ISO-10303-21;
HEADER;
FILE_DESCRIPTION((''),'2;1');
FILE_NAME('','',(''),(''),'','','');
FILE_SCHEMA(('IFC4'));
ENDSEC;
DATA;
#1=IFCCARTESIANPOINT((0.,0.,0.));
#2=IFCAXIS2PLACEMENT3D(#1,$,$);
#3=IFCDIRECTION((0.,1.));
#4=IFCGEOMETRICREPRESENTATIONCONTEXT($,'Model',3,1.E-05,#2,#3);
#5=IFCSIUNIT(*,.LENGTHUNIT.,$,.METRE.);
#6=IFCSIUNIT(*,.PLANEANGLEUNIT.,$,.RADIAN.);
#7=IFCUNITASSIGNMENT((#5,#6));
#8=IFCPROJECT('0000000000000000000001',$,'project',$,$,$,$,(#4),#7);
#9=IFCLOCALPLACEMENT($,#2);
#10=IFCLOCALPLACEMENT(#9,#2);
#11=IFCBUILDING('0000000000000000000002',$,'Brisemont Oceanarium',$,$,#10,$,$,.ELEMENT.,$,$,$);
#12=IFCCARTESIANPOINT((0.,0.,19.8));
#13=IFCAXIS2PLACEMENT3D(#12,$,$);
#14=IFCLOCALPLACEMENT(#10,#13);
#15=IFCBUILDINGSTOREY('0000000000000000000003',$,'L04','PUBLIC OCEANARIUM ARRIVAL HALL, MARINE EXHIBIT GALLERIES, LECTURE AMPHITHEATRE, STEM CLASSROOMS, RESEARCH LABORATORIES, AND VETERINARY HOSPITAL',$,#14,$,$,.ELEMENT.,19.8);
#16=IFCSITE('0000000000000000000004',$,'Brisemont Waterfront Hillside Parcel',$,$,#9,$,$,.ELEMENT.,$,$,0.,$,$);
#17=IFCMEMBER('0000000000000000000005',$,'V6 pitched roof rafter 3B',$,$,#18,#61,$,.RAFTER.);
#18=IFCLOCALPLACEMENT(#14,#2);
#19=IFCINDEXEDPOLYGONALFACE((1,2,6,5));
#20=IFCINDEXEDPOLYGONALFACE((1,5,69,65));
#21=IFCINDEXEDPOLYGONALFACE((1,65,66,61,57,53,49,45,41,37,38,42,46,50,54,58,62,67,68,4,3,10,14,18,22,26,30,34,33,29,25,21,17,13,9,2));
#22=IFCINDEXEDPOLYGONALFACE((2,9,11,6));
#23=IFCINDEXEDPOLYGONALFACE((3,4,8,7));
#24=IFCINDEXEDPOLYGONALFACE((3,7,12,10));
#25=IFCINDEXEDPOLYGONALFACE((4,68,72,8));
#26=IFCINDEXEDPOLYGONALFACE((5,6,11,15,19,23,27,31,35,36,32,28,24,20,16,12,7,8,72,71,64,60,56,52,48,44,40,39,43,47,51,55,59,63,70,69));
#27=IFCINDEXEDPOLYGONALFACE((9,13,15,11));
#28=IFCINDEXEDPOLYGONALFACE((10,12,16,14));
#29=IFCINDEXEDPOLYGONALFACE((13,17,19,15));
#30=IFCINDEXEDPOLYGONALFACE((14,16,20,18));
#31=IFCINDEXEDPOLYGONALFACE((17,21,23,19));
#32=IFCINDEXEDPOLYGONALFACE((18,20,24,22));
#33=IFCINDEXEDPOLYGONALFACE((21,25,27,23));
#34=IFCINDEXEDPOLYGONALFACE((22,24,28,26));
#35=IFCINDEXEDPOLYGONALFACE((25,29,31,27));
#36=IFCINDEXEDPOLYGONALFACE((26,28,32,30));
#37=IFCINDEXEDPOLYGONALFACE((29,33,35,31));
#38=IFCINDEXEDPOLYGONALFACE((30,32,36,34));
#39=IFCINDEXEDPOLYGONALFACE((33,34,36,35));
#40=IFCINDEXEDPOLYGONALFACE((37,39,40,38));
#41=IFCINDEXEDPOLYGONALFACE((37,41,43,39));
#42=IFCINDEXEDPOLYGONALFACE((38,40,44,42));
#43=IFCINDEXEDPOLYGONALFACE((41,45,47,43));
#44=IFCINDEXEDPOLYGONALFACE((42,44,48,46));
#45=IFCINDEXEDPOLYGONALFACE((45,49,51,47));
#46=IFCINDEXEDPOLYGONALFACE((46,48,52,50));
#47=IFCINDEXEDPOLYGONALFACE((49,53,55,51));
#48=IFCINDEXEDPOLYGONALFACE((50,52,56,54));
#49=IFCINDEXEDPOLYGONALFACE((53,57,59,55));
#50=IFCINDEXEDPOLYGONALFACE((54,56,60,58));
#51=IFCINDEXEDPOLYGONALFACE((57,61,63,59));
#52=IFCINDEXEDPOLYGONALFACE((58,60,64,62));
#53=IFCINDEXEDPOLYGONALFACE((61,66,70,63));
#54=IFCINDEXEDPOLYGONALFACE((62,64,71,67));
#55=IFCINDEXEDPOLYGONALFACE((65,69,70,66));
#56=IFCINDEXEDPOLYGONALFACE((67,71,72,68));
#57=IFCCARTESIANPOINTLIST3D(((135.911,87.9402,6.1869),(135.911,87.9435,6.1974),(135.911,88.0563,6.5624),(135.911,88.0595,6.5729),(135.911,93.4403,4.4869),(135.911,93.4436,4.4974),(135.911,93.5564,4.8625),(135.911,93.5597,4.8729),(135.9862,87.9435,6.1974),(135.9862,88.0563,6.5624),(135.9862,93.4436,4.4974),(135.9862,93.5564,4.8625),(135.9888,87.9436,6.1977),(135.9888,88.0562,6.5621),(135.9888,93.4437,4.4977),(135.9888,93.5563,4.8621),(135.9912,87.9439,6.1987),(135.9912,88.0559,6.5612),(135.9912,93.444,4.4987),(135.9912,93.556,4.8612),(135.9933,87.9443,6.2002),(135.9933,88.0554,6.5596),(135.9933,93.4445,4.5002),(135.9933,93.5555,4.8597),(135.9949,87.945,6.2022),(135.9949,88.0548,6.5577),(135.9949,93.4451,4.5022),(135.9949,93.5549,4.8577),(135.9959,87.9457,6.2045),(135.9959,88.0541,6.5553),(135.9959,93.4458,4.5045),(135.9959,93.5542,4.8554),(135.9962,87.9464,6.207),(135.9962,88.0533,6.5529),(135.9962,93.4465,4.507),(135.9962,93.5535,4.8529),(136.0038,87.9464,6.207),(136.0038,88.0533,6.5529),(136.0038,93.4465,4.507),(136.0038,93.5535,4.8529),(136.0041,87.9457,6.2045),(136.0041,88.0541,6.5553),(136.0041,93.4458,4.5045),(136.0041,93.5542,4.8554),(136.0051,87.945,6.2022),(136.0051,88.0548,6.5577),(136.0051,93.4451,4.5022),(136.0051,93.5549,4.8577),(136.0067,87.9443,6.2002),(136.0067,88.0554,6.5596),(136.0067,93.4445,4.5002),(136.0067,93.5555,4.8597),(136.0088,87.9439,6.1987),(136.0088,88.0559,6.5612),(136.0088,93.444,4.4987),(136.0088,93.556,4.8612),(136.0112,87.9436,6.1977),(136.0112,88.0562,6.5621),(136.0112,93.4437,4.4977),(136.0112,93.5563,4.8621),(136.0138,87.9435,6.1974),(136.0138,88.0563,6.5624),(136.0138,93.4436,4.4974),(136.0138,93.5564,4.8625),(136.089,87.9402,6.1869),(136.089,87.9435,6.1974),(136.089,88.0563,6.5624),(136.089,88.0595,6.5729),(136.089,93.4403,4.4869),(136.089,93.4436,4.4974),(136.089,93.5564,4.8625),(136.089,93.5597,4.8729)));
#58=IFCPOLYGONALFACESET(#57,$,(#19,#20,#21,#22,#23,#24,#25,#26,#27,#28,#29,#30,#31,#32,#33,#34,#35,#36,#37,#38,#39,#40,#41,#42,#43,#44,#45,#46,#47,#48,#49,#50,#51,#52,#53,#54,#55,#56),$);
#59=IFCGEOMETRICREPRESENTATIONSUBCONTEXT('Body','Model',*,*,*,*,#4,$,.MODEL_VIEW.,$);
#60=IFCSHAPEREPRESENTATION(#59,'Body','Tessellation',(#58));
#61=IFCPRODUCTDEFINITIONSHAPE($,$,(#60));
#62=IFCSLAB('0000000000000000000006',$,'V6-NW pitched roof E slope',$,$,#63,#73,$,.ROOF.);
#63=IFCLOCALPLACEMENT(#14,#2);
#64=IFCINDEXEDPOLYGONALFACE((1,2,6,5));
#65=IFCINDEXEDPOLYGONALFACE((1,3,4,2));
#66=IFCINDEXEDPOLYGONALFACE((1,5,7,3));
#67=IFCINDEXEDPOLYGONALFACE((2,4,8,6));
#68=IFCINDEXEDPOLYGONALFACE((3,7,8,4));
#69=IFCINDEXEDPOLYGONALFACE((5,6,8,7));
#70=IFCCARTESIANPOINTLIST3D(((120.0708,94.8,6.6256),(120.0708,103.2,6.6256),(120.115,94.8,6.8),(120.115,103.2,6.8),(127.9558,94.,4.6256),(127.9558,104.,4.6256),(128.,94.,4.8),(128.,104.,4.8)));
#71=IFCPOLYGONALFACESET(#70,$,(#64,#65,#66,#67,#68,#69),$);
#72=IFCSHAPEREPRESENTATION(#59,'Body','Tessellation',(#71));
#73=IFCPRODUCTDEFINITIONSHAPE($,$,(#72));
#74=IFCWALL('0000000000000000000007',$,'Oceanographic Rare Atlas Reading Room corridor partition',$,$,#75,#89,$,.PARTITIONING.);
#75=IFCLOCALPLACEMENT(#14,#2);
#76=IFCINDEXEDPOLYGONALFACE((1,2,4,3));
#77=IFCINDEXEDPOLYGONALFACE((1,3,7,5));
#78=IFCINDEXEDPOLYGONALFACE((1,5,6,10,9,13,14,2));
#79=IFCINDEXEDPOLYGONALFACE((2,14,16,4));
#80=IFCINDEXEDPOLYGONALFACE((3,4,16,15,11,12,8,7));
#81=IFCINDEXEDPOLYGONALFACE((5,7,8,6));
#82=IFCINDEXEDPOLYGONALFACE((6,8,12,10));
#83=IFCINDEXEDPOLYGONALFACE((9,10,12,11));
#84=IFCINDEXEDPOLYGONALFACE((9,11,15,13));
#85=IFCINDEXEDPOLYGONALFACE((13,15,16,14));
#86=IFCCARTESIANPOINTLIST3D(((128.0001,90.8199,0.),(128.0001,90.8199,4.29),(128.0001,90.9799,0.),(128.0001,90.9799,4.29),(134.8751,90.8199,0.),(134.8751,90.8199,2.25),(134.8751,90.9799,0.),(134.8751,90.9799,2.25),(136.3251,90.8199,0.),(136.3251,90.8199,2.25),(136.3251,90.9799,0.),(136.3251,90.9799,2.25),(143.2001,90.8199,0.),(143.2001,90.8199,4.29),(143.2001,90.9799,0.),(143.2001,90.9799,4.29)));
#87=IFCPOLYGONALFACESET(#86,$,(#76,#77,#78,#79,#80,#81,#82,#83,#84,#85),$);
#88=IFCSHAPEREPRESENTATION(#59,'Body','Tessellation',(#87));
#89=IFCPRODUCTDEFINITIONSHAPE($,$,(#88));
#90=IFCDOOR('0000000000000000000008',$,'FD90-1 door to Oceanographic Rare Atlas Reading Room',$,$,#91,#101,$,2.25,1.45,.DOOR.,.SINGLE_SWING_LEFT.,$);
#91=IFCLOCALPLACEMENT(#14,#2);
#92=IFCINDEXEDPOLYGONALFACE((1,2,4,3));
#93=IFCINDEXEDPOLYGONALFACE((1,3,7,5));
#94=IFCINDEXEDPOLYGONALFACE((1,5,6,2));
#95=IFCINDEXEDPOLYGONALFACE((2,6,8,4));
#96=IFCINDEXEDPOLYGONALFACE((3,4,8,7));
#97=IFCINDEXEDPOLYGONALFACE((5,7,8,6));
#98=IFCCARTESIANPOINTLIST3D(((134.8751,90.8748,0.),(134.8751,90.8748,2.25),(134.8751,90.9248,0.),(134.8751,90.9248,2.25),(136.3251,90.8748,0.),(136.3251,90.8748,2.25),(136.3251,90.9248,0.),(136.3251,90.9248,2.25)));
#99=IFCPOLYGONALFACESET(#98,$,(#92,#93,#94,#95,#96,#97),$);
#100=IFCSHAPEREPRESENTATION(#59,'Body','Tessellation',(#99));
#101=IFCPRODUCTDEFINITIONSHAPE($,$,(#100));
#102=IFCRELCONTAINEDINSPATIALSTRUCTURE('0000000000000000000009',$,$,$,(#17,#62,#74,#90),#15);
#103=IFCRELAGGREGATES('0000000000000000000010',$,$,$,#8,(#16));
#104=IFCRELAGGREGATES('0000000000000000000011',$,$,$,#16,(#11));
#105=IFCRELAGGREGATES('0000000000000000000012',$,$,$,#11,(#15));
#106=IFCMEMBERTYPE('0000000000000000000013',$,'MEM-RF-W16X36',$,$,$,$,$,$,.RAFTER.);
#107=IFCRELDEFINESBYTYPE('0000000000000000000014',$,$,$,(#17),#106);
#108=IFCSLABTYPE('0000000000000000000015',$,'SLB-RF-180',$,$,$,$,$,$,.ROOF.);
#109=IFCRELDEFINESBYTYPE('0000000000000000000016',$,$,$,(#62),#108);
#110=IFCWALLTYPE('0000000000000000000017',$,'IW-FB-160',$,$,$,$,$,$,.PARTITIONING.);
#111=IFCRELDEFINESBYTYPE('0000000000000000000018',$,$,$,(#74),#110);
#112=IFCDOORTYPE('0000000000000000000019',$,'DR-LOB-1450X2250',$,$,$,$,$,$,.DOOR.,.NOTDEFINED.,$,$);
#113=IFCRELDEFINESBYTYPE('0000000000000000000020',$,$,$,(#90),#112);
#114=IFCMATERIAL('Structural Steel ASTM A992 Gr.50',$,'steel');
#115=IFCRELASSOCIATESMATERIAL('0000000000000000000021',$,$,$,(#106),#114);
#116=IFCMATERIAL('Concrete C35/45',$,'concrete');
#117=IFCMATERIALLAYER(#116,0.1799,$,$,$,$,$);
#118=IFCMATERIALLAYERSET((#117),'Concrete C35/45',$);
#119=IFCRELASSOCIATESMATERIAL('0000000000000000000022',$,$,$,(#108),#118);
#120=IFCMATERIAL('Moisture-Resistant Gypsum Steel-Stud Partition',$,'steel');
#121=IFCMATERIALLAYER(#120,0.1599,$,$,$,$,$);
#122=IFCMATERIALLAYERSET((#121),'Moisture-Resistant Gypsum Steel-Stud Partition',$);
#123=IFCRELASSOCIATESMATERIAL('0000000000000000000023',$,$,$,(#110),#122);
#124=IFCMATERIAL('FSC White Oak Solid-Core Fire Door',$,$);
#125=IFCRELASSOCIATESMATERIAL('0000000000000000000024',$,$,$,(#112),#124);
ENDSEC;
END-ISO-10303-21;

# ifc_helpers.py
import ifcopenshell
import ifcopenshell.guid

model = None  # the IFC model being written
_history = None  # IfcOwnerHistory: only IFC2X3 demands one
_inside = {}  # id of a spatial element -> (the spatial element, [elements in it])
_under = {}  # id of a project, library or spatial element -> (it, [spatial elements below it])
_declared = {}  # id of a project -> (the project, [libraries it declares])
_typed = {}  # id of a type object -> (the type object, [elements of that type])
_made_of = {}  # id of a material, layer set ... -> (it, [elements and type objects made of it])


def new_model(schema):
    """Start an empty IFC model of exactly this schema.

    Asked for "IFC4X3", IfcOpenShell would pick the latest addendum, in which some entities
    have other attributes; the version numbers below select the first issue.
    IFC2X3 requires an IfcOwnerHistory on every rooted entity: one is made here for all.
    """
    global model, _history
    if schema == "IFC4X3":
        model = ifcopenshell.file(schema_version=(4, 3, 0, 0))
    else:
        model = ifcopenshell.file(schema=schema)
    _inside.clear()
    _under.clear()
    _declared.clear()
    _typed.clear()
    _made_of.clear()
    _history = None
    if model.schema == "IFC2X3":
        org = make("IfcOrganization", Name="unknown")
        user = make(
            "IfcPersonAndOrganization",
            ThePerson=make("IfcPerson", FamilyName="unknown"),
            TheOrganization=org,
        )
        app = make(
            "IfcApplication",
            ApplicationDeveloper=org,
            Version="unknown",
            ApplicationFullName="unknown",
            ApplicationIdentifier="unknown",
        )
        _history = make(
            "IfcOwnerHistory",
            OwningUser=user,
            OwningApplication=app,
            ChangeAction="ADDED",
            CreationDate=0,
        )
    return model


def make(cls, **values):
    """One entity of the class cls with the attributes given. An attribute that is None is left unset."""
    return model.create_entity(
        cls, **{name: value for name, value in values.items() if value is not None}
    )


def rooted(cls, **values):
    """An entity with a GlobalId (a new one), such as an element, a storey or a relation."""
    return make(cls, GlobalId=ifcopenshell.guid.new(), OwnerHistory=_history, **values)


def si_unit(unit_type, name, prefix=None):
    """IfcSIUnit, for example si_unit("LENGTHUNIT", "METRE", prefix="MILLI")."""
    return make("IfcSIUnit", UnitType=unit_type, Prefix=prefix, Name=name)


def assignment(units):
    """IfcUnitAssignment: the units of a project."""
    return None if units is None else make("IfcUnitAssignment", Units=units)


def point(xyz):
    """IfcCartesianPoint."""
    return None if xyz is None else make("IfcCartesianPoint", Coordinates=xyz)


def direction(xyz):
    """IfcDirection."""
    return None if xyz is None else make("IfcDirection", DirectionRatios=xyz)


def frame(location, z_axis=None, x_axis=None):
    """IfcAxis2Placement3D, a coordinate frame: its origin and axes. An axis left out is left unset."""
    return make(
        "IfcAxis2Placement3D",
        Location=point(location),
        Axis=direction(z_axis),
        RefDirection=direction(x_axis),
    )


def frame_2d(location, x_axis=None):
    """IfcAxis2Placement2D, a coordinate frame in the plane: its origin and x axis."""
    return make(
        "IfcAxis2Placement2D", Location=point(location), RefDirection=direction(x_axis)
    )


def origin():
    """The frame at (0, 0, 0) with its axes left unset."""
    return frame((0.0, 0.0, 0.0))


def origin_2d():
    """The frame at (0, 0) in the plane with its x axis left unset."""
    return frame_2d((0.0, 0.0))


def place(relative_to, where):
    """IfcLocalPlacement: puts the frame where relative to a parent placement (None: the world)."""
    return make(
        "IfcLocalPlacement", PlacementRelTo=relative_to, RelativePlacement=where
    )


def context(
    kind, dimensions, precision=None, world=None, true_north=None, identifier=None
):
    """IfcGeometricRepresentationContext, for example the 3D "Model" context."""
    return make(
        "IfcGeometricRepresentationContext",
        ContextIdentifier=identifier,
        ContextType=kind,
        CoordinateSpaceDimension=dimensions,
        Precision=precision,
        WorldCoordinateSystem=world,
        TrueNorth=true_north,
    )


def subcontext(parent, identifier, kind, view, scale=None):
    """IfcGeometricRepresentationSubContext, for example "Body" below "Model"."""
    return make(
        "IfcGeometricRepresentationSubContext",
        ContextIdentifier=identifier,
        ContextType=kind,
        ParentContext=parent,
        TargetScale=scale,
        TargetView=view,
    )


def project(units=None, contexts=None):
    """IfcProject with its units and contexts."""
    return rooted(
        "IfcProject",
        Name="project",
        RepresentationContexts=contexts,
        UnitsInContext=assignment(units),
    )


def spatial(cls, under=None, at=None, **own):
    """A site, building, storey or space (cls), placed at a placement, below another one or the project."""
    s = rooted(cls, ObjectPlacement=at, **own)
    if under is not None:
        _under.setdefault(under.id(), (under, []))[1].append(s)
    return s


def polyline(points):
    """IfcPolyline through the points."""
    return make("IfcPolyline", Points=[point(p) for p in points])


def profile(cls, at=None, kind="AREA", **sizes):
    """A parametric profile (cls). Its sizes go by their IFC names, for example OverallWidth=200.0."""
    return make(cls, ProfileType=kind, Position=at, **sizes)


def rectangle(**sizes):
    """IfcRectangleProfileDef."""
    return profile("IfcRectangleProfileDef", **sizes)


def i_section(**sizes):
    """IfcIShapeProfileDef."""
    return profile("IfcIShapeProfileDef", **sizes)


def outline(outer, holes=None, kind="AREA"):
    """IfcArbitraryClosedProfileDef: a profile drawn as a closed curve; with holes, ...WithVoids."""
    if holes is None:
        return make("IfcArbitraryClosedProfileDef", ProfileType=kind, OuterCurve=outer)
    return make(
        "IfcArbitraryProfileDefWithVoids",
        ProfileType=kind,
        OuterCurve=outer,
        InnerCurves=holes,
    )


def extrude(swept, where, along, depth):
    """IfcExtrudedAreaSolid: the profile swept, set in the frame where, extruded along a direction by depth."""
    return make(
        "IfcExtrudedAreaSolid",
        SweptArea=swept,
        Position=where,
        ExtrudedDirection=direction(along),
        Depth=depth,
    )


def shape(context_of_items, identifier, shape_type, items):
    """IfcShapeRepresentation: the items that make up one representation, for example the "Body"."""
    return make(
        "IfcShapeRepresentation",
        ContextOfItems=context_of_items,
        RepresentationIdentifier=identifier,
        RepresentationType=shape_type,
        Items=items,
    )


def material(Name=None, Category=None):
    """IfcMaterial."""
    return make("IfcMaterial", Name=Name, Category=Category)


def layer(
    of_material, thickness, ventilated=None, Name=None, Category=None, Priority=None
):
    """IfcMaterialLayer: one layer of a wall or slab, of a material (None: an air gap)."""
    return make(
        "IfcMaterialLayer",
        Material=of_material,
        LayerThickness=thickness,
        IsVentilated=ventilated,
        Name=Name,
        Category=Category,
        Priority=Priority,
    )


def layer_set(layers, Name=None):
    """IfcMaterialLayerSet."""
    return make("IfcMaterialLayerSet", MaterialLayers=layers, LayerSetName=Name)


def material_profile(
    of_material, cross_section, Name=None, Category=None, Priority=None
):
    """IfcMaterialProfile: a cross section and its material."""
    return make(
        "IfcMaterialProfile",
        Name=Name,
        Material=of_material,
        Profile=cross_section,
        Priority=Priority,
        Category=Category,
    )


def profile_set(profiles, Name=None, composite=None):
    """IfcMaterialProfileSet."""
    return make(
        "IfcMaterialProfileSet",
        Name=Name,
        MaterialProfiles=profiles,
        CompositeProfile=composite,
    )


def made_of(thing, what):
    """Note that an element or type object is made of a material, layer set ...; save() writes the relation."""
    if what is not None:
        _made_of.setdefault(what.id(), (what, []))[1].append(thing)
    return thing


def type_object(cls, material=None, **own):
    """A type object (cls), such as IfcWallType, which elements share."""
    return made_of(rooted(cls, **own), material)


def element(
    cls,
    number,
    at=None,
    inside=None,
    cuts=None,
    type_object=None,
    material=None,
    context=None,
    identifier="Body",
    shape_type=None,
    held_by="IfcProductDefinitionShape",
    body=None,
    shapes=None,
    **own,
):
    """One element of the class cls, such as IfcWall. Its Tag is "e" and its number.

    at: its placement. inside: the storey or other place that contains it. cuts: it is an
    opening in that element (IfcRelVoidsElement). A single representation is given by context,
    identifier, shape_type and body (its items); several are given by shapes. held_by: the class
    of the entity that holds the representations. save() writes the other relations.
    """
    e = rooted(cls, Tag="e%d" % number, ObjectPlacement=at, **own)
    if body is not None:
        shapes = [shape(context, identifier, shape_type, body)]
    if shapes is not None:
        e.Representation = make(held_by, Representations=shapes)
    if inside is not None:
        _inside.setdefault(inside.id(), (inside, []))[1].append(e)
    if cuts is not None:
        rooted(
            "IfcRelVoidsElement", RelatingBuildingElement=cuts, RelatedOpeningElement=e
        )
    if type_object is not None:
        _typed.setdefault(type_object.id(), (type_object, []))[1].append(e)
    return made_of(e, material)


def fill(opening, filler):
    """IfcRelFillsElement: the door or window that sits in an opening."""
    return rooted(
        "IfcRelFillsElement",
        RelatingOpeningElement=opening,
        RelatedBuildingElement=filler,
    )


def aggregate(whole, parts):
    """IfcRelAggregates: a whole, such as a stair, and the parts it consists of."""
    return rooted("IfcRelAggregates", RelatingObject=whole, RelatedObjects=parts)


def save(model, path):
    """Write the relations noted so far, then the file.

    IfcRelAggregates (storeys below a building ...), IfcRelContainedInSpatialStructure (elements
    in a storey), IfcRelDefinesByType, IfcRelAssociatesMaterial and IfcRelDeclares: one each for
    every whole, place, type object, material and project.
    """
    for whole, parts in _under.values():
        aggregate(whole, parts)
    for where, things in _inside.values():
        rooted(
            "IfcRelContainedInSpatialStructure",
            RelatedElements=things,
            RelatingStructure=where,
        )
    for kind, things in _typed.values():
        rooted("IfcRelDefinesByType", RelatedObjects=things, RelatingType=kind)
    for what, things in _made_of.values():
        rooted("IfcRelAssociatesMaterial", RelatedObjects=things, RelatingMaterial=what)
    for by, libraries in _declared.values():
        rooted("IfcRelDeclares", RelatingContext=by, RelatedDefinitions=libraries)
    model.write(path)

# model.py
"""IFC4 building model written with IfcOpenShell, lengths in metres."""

from ifc_helpers import new_model, si_unit, direction, frame, frame_2d, origin, origin_2d, place, context, subcontext, project, spatial, polyline, rectangle, i_section, outline, extrude, material, layer, layer_set, material_profile, profile_set, type_object, element, fill, save


model = new_model("IFC4")

# Units and contexts
model_context = context("Model", 3, precision=1e-05, world=origin(), true_north=direction((0.0, 1.0)))
body_context = subcontext(model_context, "Body", "Model", "MODEL_VIEW")
ifc_project = project(units=[si_unit("LENGTHUNIT", "METRE"), si_unit("PLANEANGLEUNIT", "RADIAN")], contexts=[model_context])

# Site, building, storey
site_placement = place(None, origin())
site = spatial("IfcSite", under=ifc_project, at=site_placement, Name="Brisemont Waterfront Hillside Parcel", CompositionType="ELEMENT", RefElevation=0.0)
building_placement = place(site_placement, origin())
building = spatial("IfcBuilding", under=site, at=building_placement, Name="Brisemont Oceanarium", CompositionType="ELEMENT")
storey_placement = place(building_placement, frame((0.0, 0.0, 19.8)))
storey = spatial("IfcBuildingStorey", under=building, at=storey_placement, Name="L04", Description="PUBLIC OCEANARIUM ARRIVAL HALL, MARINE EXHIBIT GALLERIES, LECTURE AMPHITHEATRE, STEM CLASSROOMS, RESEARCH LABORATORIES, AND VETERINARY HOSPITAL", CompositionType="ELEMENT", Elevation=19.8)

# Member
ifc_material_1 = material(Name="Structural Steel ASTM A992 Gr.50", Category="steel")
ifc_material_profile_1 = material_profile(ifc_material_1, i_section(OverallWidth=0.178, OverallDepth=0.4041, WebThickness=0.0076, FlangeThickness=0.011, FilletRadius=0.01, at=origin_2d()), Name="W16X36")
ifc_profile_set_1 = profile_set([ifc_material_profile_1], Name="Structural Steel ASTM A992 Gr.50")
member_type_1 = type_object("IfcMemberType", Name="MEM-RF-W16X36", PredefinedType="RAFTER", material=ifc_profile_set_1)
for number, where, z_axis, x_axis, name in (
    (1, (136.0, 93.5, 4.6799), (0.0, -0.955405, 0.295299), (1.0, 0.0, 0.0), "V6 pitched roof rafter 3B"),
):
    element("IfcMember", number, at=place(storey_placement, frame(where, z_axis=z_axis, x_axis=x_axis)), inside=storey, type_object=member_type_1, Name=name, PredefinedType="RAFTER", context=body_context, shape_type="SweptSolid", body=[
        extrude(i_section(OverallWidth=0.178, OverallDepth=0.4041, WebThickness=0.0076, FlangeThickness=0.011, FilletRadius=0.01, at=origin_2d()), origin(), (0.0, 0.0, 1.0), 5.7568),
    ])

# Slab
ifc_material_2 = material(Name="Concrete C35/45", Category="concrete")
ifc_layer_1 = layer(ifc_material_2, 0.1799)
ifc_layer_set_1 = layer_set([ifc_layer_1], Name="Concrete C35/45")
slab_type = type_object("IfcSlabType", Name="SLB-RF-180", PredefinedType="ROOF", material=ifc_layer_set_1)
slab_placement = place(storey_placement, frame((120.115, 94.8, 6.8), z_axis=(0.24586, 0.0, 0.969305), x_axis=(0.964651, -0.097878, -0.24468)))
element("IfcSlab", 2, at=slab_placement, inside=storey, type_object=slab_type, Name="V6-NW pitched roof E slope", PredefinedType="ROOF", context=body_context, shape_type="SweptSolid", body=[
    extrude(outline(polyline([(0.0, 0.0), (8.1739, 0.0), (7.1952, 9.952), (-0.8222, 8.3596), (0.0, 0.0)])), origin(), (0.0, 0.0, -1.0), 0.1799),
])

# Wall, opening, door
ifc_material_3 = material(Name="Moisture-Resistant Gypsum Steel-Stud Partition", Category="steel")
ifc_layer_2 = layer(ifc_material_3, 0.1599)
ifc_layer_set_2 = layer_set([ifc_layer_2], Name="Moisture-Resistant Gypsum Steel-Stud Partition")
wall_type = type_object("IfcWallType", Name="IW-FB-160", PredefinedType="PARTITIONING", material=ifc_layer_set_2)
wall_placement = place(storey_placement, frame((128.0, 90.8999, 0.0), z_axis=(0.0, 0.0, 1.0), x_axis=(1.0, 0.0, 0.0)))
wall = element("IfcWall", 3, at=wall_placement, inside=storey, type_object=wall_type, Name="Oceanographic Rare Atlas Reading Room corridor partition", PredefinedType="PARTITIONING", context=body_context, shape_type="SweptSolid", body=[
    extrude(rectangle(XDim=15.2, YDim=0.1599, at=frame_2d((7.6001, 0.0))), origin(), (0.0, 0.0, 1.0), 4.29),
])
opening_placement = place(wall_placement, frame((6.875, 0.0, 0.0)))
opening = element("IfcOpeningElement", 4, at=opening_placement, cuts=wall, PredefinedType="OPENING", context=body_context, shape_type="SweptSolid", body=[
    extrude(rectangle(XDim=1.45, YDim=2.25, at=frame_2d((0.7251, 1.125))), frame((0.0, 0.0898, 0.0), z_axis=(0.0, -1.0, 0.0), x_axis=(1.0, 0.0, 0.0)), (0.0, 0.0, 1.0), 0.1799),
])
ifc_material_4 = material(Name="FSC White Oak Solid-Core Fire Door")
door_type = type_object("IfcDoorType", Name="DR-LOB-1450X2250", OperationType="NOTDEFINED", PredefinedType="DOOR", material=ifc_material_4)
door_placement = place(opening_placement, origin())
door = element("IfcDoor", 5, at=door_placement, inside=storey, type_object=door_type, Name="FD90-1 door to Oceanographic Rare Atlas Reading Room", OperationType="SINGLE_SWING_LEFT", OverallHeight=2.25, OverallWidth=1.45, PredefinedType="DOOR", context=body_context, shape_type="SweptSolid", body=[
    extrude(rectangle(XDim=1.45, YDim=2.25, at=frame_2d((0.7251, 1.125))), frame((0.0, 0.0249, 0.0), z_axis=(0.0, -1.0, 0.0), x_axis=(1.0, 0.0, 0.0)), (0.0, 0.0, 1.0), 0.05),
])
fill(opening, door)

save(model, "model.ifc")
